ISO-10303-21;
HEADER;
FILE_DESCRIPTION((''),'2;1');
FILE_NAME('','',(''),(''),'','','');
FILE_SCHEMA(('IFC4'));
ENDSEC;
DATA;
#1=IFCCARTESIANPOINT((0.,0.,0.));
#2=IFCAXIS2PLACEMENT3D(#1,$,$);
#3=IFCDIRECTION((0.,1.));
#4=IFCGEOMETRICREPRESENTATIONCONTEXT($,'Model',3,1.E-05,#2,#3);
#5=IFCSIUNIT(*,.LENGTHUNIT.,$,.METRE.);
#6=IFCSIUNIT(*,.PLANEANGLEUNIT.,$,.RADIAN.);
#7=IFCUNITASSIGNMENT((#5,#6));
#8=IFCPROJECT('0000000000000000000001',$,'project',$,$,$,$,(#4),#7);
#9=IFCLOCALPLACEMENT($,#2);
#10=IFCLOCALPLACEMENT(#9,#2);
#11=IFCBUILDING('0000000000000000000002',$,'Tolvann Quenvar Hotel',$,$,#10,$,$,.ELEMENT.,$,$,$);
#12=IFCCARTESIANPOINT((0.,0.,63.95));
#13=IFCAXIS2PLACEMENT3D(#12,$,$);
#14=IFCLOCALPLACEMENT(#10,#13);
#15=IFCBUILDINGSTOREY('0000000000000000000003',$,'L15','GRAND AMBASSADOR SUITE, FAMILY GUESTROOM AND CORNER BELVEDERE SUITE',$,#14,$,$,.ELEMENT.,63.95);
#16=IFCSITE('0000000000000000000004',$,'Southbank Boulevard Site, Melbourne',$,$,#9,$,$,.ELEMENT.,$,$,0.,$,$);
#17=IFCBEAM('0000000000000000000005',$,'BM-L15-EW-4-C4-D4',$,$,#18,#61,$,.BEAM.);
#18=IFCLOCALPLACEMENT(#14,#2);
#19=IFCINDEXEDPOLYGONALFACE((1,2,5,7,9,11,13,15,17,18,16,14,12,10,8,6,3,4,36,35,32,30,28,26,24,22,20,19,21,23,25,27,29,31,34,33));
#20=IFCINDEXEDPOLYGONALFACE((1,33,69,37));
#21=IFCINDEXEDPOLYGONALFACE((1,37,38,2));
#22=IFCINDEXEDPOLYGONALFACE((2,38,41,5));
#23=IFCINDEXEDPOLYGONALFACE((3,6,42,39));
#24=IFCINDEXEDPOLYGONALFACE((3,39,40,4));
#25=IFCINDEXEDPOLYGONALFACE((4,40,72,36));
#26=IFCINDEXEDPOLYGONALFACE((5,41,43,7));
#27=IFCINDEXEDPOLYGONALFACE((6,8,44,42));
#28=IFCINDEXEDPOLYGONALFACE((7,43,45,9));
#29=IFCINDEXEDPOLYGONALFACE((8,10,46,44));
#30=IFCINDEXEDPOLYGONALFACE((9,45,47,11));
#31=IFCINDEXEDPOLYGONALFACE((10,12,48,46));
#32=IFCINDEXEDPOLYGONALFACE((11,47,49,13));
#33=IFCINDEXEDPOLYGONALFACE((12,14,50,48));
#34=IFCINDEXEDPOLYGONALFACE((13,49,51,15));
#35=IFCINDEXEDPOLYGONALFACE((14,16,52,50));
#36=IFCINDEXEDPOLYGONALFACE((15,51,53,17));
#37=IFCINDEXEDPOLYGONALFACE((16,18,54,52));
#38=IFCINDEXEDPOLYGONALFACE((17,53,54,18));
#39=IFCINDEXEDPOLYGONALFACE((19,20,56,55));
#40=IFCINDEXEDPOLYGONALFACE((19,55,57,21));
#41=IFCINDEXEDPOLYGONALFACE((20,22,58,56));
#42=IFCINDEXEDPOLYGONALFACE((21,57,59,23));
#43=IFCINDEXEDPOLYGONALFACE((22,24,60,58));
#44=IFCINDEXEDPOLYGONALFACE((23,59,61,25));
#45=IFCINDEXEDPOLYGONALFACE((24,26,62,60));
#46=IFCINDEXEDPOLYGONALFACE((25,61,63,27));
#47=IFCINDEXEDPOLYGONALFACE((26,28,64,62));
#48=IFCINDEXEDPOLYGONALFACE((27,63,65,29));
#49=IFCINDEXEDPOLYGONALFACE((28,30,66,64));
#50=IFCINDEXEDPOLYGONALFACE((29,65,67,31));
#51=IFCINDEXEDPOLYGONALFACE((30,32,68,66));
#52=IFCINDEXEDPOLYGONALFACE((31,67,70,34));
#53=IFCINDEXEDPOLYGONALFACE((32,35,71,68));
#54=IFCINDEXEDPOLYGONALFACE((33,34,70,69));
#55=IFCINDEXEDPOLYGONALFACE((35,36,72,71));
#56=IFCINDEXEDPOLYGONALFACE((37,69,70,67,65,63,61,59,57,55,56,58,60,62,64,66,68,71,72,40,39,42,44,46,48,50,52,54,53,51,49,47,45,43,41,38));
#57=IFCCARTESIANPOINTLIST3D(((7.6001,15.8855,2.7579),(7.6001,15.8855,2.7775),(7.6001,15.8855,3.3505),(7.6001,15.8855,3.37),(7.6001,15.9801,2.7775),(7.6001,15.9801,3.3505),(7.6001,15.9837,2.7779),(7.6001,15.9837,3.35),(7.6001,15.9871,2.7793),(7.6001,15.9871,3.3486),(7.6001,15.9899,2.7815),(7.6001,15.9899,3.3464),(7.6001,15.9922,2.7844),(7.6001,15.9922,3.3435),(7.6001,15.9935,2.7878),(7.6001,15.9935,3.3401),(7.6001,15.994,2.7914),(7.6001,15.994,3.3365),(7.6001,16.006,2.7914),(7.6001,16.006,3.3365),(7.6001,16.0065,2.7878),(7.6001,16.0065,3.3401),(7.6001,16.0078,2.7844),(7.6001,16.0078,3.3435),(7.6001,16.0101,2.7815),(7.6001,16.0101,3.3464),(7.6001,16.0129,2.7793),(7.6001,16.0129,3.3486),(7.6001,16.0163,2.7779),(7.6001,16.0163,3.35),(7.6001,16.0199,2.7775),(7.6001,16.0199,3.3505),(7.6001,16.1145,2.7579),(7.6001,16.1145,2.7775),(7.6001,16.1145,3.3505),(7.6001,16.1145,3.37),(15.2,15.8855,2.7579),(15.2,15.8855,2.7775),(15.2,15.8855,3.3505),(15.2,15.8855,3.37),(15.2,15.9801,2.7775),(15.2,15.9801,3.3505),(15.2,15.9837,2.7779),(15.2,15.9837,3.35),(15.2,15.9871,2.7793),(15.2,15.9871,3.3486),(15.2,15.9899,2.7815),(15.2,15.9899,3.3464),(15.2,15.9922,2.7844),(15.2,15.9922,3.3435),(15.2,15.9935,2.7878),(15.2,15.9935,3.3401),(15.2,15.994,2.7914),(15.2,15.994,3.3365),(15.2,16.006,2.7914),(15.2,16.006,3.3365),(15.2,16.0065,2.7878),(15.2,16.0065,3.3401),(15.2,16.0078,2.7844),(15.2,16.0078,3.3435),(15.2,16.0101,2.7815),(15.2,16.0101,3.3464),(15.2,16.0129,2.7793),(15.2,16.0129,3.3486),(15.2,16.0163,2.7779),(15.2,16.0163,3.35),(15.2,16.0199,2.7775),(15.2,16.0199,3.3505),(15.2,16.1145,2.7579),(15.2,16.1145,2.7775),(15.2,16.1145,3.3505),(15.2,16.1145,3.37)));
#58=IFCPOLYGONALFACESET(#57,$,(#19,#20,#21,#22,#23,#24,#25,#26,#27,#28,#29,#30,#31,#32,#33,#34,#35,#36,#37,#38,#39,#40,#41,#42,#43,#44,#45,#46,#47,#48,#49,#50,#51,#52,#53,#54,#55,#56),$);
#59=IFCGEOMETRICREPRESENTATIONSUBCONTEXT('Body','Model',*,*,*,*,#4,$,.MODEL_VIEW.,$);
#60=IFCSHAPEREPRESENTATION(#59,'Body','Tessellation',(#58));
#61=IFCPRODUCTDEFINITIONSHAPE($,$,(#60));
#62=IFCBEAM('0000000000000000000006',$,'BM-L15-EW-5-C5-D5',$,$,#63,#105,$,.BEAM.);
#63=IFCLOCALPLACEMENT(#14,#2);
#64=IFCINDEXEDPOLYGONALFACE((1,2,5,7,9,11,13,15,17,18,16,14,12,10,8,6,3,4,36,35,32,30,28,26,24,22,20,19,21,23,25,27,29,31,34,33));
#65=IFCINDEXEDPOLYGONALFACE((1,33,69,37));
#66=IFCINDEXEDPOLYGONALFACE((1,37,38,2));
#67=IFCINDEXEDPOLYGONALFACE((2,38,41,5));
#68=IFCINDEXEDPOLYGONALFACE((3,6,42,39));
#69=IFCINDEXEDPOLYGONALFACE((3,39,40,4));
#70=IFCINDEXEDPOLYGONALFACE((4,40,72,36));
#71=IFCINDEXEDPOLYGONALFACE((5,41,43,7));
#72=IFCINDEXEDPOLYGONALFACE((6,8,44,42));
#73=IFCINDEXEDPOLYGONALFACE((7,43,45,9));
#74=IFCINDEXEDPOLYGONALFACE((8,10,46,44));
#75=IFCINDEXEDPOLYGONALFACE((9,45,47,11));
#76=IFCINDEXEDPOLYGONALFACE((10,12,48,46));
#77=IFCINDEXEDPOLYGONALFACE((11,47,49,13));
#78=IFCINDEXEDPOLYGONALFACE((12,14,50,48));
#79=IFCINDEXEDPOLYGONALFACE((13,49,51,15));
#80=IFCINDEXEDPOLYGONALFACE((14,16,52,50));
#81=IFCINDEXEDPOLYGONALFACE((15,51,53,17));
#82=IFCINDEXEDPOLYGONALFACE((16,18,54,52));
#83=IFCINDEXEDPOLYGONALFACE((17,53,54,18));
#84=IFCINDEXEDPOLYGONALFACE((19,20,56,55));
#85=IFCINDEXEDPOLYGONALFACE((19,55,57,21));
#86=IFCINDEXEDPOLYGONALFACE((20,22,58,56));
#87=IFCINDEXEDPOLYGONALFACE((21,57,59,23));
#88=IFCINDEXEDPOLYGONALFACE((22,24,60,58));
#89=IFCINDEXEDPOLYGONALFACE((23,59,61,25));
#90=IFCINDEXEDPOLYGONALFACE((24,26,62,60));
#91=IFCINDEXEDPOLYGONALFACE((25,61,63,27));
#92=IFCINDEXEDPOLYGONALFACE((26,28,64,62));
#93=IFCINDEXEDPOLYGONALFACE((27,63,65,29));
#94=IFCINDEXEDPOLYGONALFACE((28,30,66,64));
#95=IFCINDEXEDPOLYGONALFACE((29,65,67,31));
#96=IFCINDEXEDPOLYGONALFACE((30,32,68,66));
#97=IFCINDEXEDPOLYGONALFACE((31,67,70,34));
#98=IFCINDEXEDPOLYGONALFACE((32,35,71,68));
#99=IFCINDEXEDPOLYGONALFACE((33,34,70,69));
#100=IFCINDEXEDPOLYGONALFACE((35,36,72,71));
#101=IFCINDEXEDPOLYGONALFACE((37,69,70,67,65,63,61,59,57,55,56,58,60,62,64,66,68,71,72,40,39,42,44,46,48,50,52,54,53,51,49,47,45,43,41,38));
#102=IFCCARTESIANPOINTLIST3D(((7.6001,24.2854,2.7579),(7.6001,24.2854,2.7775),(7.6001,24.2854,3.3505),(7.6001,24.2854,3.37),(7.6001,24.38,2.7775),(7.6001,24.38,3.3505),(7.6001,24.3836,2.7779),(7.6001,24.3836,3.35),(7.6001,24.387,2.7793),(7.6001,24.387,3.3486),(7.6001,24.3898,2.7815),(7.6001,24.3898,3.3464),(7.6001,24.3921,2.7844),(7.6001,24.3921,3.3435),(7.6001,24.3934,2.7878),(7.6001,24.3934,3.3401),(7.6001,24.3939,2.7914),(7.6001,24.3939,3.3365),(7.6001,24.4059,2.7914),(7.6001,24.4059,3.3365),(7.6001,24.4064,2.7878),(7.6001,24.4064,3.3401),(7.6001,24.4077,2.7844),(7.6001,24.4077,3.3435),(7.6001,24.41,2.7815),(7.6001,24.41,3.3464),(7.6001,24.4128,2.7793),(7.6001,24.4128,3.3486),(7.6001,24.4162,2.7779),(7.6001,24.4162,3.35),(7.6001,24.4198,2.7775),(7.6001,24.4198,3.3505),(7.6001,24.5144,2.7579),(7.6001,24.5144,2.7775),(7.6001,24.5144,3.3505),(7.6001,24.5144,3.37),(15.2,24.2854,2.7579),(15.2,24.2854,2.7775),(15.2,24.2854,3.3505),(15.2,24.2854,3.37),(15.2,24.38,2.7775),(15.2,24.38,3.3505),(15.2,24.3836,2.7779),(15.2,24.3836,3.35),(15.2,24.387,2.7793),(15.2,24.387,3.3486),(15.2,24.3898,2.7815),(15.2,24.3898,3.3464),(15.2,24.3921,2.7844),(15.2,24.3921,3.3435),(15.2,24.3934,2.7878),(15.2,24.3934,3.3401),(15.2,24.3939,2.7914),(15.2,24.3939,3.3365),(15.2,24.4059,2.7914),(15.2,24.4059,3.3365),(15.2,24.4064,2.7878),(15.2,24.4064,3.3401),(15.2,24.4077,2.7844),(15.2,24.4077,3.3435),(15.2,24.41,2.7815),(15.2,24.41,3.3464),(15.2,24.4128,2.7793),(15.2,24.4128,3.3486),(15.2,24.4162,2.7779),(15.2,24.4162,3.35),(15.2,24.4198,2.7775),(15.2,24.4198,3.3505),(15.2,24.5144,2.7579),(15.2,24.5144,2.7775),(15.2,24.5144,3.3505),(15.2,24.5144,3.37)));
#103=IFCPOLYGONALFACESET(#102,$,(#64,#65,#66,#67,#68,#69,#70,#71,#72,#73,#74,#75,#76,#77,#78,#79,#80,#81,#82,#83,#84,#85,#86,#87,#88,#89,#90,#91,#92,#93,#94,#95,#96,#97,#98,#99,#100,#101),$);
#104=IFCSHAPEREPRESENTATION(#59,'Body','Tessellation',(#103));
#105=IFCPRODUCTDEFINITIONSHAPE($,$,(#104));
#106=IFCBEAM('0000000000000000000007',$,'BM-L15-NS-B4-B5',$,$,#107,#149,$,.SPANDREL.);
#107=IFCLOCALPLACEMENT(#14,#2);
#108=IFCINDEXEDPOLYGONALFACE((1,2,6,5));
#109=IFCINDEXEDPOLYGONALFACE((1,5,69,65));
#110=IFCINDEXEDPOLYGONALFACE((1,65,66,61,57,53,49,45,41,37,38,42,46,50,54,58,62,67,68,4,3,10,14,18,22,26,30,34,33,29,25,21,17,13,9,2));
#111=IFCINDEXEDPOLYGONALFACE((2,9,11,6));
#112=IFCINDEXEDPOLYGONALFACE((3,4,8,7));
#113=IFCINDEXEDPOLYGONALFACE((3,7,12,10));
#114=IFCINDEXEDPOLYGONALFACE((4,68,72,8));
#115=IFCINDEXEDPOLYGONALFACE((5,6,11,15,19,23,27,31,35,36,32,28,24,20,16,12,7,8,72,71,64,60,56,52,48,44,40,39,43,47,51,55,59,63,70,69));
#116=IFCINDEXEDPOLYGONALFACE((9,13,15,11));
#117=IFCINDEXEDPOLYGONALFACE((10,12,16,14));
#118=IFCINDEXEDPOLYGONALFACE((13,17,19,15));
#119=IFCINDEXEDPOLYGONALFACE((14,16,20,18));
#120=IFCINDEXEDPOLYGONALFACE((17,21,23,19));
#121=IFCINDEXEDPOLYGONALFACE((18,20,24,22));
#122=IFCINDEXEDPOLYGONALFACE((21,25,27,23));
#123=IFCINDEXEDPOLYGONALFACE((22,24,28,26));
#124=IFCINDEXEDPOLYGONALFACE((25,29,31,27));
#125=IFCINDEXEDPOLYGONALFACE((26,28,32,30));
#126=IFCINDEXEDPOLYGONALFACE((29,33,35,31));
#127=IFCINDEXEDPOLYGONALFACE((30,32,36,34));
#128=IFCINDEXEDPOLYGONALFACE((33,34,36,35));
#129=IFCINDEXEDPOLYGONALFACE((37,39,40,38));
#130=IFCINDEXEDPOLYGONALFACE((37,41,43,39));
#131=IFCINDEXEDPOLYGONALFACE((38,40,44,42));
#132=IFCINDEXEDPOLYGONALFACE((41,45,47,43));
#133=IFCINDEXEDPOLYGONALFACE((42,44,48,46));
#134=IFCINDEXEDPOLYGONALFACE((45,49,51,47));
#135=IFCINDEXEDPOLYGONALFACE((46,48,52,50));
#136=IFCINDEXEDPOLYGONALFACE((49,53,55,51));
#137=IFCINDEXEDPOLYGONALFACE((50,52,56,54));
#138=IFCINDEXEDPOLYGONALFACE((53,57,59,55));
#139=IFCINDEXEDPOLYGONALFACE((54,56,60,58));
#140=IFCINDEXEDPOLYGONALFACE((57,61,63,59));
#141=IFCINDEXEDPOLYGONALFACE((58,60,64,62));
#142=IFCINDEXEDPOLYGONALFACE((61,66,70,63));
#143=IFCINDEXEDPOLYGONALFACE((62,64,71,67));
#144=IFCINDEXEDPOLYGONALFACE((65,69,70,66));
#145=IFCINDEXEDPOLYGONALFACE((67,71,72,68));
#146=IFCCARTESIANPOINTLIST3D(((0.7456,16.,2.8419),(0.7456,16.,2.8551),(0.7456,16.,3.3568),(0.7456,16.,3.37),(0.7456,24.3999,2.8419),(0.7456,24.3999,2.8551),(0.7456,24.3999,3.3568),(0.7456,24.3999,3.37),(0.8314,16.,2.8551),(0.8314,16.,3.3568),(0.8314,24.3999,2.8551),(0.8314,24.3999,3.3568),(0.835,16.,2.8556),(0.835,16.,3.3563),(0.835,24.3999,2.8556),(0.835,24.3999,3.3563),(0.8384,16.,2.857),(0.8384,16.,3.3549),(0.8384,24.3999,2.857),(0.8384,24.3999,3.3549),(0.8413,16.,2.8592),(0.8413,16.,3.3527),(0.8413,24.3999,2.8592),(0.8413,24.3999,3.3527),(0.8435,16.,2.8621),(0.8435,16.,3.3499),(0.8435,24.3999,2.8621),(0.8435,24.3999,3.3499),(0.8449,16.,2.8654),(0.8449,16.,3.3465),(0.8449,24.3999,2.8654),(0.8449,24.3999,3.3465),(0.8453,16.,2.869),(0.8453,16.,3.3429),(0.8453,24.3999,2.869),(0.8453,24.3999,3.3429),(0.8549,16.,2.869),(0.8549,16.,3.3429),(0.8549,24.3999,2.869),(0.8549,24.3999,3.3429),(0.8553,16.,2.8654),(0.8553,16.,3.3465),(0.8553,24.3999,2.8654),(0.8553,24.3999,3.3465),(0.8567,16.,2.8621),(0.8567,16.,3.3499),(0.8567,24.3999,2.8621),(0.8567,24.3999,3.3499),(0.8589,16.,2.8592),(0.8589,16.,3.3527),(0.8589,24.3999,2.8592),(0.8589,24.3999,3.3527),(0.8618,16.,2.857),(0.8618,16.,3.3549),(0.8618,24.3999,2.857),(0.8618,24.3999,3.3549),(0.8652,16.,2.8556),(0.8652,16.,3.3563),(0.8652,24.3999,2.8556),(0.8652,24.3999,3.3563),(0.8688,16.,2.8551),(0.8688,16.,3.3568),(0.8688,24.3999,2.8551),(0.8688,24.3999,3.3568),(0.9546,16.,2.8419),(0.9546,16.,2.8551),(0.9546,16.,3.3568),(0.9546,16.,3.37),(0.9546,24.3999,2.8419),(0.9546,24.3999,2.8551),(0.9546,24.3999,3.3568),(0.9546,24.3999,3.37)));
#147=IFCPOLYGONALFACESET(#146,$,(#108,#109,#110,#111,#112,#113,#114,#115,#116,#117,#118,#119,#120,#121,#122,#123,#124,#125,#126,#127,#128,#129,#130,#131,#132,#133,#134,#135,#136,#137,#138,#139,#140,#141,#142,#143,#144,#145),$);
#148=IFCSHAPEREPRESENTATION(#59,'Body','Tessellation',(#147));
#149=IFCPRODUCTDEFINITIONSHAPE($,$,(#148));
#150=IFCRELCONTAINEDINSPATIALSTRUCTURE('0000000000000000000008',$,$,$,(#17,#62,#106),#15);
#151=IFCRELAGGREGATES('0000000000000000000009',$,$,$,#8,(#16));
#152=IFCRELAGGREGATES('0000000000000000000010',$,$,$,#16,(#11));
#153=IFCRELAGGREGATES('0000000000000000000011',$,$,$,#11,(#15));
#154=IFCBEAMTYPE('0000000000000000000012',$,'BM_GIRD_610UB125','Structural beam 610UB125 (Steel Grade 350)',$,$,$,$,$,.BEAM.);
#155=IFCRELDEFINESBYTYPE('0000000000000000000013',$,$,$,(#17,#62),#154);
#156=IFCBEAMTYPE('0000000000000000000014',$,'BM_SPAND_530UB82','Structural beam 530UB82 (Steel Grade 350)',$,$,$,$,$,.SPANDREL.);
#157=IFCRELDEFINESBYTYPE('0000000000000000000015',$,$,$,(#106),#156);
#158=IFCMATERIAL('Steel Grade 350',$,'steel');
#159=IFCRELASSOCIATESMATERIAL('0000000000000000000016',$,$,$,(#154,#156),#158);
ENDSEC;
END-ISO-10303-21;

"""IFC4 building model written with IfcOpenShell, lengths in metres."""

from ifc_helpers import new_model, si_unit, direction, frame, origin, origin_2d, place, context, subcontext, project, spatial, i_section, extrude, source, transform, mapped, material, material_profile, profile_set, type_object, element, save


model = new_model("IFC4")

# Units and contexts
model_context = context("Model", 3, precision=1e-05, world=origin(), true_north=direction((0.0, 1.0)))
body_context = subcontext(model_context, "Body", "Model", "MODEL_VIEW")
ifc_project = project(units=[si_unit("LENGTHUNIT", "METRE"), si_unit("PLANEANGLEUNIT", "RADIAN")], contexts=[model_context])

# Site, building, storey
site_placement = place(None, origin())
site = spatial("IfcSite", under=ifc_project, at=site_placement, Name="Southbank Boulevard Site, Melbourne", CompositionType="ELEMENT", RefElevation=0.0)
building_placement = place(site_placement, origin())
building = spatial("IfcBuilding", under=site, at=building_placement, Name="Tolvann Quenvar Hotel", CompositionType="ELEMENT")
storey_placement = place(building_placement, frame((0.0, 0.0, 63.95)))
storey = spatial("IfcBuildingStorey", under=building, at=storey_placement, Name="L15", Description="GRAND AMBASSADOR SUITE, FAMILY GUESTROOM AND CORNER BELVEDERE SUITE", CompositionType="ELEMENT", Elevation=63.95)

# Shared definitions
ifc_material_1 = material(Name="Steel Grade 350", Category="steel")

# Beams
ifc_material_profile_1 = material_profile(ifc_material_1, i_section(OverallWidth=0.229, OverallDepth=0.6121, WebThickness=0.012, FlangeThickness=0.0195, FilletRadius=0.0139, at=origin_2d()), Name="610UB125")
ifc_profile_set_1 = profile_set([ifc_material_profile_1], Name="Steel Grade 350")
beam_type_1 = type_object("IfcBeamType", Name="BM_GIRD_610UB125", Description="Structural beam 610UB125 (Steel Grade 350)", PredefinedType="BEAM", material=ifc_profile_set_1)
shared_shape_1 = source(origin(), body_context, "Body", "SweptSolid", [
    extrude(i_section(OverallWidth=0.229, OverallDepth=0.6121, WebThickness=0.012, FlangeThickness=0.0195, FilletRadius=0.0139, at=origin_2d()), origin(), (0.0, 0.0, 1.0), 7.5999),
])
for number, where, z_axis, x_axis, name in (
    (1, (7.6001, 16.0, 3.064), (1.0, 0.0, 0.0), (0.0, 1.0, 0.0), "BM-L15-EW-4-C4-D4"),
    (2, (7.6001, 24.3999, 3.064), (1.0, 0.0, 0.0), (0.0, 1.0, 0.0), "BM-L15-EW-5-C5-D5"),
):
    element("IfcBeam", number, at=place(storey_placement, frame(where, z_axis=z_axis, x_axis=x_axis)), inside=storey, type_object=beam_type_1, Name=name, PredefinedType="BEAM", context=body_context, shape_type="MappedRepresentation", body=[
        mapped(shared_shape_1, transform((0.0, 0.0, 0.0), x_axis=(1.0, 0.0, 0.0), y_axis=(0.0, 1.0, 0.0), z_axis=(0.0, 0.0, 1.0), scale=1.0)),
    ])
ifc_material_profile_2 = material_profile(ifc_material_1, i_section(OverallWidth=0.209, OverallDepth=0.5281, WebThickness=0.0095, FlangeThickness=0.0132, FilletRadius=0.0139, at=origin_2d()), Name="530UB82")
ifc_profile_set_2 = profile_set([ifc_material_profile_2], Name="Steel Grade 350")
beam_type_2 = type_object("IfcBeamType", Name="BM_SPAND_530UB82", Description="Structural beam 530UB82 (Steel Grade 350)", PredefinedType="SPANDREL", material=ifc_profile_set_2)
shared_shape_2 = source(origin(), body_context, "Body", "SweptSolid", [
    extrude(i_section(OverallWidth=0.209, OverallDepth=0.5281, WebThickness=0.0095, FlangeThickness=0.0132, FilletRadius=0.0139, at=origin_2d()), origin(), (0.0, 0.0, 1.0), 8.3999),
])
beam_1_placement = place(storey_placement, frame((0.8501, 16.0, 3.106), z_axis=(0.0, 1.0, 0.0), x_axis=(-1.0, 0.0, 0.0)))
element("IfcBeam", 3, at=beam_1_placement, inside=storey, type_object=beam_type_2, Name="BM-L15-NS-B4-B5", PredefinedType="SPANDREL", context=body_context, shape_type="MappedRepresentation", body=[
    mapped(shared_shape_2, transform((0.0, 0.0, 0.0), x_axis=(1.0, 0.0, 0.0), y_axis=(0.0, 1.0, 0.0), z_axis=(0.0, 0.0, 1.0), scale=1.0)),
])

save(model, "model.ifc")
